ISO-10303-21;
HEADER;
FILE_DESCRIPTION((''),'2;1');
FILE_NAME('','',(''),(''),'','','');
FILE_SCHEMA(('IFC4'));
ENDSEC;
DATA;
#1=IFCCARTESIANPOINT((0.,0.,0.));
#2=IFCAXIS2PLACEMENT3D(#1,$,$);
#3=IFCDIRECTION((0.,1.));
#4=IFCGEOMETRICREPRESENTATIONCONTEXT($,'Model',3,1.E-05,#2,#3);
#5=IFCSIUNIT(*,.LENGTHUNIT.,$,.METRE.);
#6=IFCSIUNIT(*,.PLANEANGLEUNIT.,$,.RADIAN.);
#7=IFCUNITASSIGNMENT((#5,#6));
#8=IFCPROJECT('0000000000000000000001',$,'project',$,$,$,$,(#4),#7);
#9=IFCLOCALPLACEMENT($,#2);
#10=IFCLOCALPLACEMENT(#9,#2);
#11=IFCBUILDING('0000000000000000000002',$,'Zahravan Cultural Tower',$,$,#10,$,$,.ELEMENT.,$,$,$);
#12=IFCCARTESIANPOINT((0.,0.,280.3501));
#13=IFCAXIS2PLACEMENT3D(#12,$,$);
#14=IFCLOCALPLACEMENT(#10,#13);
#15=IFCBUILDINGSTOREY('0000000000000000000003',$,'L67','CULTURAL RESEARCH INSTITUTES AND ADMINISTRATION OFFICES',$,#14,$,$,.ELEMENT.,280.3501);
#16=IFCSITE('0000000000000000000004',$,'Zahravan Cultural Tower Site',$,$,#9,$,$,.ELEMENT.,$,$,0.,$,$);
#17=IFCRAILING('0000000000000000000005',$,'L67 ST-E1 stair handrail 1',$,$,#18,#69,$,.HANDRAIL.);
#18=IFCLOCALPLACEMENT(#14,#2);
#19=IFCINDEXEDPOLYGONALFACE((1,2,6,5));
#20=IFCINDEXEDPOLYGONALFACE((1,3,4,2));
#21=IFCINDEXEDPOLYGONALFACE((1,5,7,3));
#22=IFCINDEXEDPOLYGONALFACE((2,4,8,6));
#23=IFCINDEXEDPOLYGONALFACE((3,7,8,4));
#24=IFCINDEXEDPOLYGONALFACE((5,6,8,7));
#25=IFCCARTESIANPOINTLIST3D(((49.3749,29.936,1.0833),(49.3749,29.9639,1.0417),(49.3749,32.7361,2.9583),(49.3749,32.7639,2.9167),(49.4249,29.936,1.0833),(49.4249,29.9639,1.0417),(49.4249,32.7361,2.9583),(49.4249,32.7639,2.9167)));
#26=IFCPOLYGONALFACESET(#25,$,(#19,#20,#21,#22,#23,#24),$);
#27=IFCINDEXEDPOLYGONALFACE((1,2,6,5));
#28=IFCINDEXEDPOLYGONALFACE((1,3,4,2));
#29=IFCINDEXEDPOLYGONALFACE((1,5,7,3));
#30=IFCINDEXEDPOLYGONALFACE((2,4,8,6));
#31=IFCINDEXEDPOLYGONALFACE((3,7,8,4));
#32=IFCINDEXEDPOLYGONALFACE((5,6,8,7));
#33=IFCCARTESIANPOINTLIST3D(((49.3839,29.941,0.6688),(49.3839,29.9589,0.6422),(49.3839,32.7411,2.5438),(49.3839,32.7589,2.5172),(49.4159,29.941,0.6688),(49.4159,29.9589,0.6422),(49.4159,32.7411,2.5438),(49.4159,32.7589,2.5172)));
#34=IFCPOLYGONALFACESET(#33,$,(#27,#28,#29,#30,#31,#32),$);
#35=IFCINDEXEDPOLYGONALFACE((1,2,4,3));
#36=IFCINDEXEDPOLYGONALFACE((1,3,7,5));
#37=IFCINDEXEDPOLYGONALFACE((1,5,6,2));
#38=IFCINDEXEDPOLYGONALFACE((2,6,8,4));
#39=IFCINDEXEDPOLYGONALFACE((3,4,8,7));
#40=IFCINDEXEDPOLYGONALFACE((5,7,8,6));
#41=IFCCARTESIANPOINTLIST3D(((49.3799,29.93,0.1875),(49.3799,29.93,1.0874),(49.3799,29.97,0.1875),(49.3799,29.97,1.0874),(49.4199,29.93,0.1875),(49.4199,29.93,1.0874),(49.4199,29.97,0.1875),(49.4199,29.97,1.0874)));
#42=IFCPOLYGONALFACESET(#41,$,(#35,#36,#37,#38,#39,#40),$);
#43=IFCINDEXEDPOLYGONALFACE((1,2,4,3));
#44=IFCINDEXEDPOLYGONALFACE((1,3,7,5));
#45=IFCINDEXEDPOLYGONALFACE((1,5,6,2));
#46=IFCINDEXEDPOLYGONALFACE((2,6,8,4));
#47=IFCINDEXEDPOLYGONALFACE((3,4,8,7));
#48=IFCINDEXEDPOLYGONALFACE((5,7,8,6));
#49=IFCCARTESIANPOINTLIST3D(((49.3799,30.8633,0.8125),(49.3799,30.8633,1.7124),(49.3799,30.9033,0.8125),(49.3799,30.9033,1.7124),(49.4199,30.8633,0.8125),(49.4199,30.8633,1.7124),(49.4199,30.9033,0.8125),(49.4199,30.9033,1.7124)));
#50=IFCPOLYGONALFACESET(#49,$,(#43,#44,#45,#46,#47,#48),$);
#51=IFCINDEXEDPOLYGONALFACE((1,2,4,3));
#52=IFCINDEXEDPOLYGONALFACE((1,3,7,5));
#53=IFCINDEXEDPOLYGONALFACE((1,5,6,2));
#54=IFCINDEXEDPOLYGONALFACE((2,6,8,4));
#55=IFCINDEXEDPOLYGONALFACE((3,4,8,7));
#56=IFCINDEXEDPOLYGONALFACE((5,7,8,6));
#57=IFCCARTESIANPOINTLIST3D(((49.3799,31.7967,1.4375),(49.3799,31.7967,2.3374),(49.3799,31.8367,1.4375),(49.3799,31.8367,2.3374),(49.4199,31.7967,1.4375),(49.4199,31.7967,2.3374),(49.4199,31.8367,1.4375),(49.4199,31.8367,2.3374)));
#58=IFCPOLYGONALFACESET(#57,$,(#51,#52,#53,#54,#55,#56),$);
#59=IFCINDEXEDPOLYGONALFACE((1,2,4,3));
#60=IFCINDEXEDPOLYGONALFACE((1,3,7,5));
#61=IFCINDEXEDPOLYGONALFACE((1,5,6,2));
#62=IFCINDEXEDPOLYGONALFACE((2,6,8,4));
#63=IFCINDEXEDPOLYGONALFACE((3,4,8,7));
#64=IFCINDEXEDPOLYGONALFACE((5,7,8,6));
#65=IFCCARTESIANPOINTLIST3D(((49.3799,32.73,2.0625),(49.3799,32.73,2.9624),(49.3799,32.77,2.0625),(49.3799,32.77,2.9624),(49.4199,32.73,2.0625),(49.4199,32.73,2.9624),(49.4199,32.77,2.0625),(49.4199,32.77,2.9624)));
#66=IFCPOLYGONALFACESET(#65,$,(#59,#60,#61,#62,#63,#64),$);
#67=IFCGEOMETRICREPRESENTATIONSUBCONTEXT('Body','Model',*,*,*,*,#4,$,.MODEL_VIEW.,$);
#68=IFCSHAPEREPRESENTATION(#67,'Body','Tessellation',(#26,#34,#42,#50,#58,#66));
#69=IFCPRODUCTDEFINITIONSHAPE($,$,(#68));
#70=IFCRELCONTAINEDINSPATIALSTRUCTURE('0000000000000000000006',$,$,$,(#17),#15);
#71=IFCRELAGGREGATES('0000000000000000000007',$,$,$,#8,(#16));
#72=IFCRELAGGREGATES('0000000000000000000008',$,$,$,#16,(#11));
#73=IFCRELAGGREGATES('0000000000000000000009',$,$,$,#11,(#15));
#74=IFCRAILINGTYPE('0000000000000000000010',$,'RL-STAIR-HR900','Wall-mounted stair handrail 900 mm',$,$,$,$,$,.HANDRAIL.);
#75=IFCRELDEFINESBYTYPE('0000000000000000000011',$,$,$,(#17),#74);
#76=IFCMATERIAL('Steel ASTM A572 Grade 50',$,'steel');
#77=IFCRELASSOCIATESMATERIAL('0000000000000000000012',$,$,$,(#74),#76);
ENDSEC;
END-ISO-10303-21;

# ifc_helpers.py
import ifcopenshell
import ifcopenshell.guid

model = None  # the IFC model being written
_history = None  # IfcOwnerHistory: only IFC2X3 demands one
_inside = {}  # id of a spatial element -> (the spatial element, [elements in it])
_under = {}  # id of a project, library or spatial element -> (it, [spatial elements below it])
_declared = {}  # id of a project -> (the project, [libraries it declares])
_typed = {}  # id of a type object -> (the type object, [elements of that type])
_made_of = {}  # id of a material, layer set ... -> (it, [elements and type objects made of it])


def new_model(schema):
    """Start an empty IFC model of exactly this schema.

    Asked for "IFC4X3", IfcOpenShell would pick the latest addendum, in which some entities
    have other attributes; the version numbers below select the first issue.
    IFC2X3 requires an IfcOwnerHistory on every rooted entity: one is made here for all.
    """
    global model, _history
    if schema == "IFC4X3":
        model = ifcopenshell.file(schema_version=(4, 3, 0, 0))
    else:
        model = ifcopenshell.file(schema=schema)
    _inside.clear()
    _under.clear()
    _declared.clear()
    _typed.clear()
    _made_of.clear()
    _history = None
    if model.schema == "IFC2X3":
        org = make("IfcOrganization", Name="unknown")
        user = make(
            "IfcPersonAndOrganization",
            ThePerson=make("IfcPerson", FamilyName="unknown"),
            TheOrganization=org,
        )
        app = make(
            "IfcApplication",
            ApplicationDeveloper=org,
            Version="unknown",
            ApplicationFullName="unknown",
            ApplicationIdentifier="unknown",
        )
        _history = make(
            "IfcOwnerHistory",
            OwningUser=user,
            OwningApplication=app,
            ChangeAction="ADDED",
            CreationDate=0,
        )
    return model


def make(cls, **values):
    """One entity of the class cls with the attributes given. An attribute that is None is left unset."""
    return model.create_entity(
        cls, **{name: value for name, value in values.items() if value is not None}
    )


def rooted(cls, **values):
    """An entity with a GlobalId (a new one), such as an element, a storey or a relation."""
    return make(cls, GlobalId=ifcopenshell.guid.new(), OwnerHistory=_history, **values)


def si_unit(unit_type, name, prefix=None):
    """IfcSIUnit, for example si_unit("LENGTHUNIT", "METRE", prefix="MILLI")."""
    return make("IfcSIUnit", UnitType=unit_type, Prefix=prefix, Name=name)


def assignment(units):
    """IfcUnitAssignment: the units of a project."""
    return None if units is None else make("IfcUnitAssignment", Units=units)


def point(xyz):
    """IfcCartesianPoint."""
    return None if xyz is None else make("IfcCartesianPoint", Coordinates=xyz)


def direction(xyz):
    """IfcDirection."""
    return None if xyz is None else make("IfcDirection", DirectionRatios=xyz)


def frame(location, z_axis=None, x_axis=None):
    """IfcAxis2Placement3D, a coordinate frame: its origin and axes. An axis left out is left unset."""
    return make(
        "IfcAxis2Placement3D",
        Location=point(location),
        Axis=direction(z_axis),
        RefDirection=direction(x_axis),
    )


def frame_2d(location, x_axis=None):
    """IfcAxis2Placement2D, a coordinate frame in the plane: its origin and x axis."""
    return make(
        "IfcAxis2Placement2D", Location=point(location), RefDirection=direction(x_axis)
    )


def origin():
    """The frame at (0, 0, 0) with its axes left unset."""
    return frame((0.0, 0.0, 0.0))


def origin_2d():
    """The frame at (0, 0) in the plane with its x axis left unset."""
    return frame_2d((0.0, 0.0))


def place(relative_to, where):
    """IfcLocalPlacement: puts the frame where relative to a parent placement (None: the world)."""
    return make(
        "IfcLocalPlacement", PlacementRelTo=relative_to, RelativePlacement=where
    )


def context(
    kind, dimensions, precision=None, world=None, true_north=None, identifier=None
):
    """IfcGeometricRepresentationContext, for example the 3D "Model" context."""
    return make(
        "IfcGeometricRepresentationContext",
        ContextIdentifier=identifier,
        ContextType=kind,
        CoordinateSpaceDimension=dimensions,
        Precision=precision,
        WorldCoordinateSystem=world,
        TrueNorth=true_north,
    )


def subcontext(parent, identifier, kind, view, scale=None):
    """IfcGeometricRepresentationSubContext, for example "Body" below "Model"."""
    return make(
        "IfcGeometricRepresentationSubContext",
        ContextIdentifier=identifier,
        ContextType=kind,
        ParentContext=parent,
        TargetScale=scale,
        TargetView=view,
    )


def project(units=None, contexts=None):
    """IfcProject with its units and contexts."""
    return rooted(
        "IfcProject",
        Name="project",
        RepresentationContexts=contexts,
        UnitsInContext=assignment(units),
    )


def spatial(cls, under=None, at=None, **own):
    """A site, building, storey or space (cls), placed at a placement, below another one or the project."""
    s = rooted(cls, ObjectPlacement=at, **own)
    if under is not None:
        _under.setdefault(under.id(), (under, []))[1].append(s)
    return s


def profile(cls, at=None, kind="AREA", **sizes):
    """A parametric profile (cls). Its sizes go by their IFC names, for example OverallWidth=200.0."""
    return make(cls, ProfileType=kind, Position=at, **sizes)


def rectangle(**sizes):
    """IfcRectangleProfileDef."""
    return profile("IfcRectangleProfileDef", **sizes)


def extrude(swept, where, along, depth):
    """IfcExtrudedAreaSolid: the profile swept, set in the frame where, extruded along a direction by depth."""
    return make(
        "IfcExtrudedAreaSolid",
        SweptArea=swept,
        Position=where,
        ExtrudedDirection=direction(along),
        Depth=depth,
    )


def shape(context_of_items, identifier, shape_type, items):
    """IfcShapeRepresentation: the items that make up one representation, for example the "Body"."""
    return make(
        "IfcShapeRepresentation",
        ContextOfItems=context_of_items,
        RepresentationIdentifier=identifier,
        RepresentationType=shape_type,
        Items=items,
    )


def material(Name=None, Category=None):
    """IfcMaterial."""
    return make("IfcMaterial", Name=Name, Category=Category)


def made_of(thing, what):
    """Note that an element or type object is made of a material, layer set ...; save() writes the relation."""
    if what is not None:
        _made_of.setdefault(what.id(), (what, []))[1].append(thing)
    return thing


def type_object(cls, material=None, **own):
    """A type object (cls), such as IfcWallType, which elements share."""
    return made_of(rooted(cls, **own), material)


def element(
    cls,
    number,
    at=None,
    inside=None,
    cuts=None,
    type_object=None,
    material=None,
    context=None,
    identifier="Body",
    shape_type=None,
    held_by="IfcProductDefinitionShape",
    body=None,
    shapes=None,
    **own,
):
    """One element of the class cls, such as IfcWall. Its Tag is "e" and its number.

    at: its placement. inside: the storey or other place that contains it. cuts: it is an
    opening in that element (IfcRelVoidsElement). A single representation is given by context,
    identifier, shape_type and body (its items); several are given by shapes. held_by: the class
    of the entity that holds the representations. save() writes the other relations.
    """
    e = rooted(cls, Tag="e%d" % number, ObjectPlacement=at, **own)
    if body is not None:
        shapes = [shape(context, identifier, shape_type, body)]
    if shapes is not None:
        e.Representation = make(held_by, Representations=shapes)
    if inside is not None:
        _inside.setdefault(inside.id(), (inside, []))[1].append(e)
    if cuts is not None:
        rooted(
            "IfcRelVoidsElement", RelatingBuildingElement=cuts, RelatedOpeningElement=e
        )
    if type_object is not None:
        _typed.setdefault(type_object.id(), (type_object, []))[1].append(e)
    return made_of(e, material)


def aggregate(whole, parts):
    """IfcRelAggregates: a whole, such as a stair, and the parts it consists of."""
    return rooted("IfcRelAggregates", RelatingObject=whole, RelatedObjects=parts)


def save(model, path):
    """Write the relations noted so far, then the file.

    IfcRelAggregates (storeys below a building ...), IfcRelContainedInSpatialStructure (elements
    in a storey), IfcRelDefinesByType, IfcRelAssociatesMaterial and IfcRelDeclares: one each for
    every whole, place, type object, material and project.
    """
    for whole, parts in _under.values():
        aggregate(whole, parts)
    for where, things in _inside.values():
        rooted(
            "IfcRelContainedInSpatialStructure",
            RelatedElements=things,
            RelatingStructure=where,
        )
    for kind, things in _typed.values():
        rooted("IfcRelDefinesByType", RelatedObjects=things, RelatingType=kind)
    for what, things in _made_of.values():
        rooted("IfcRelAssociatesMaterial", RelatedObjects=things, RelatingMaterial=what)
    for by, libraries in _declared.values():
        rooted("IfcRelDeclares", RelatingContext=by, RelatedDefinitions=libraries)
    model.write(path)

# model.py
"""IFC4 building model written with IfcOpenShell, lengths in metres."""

from ifc_helpers import new_model, si_unit, direction, frame, origin, origin_2d, place, context, subcontext, project, spatial, rectangle, extrude, material, type_object, element, save


model = new_model("IFC4")

# Units and contexts
model_context = context("Model", 3, precision=1e-05, world=origin(), true_north=direction((0.0, 1.0)))
body_context = subcontext(model_context, "Body", "Model", "MODEL_VIEW")
ifc_project = project(units=[si_unit("LENGTHUNIT", "METRE"), si_unit("PLANEANGLEUNIT", "RADIAN")], contexts=[model_context])

# Site, building, storey
site_placement = place(None, origin())
site = spatial("IfcSite", under=ifc_project, at=site_placement, Name="Zahravan Cultural Tower Site", CompositionType="ELEMENT", RefElevation=0.0)
building_placement = place(site_placement, origin())
building = spatial("IfcBuilding", under=site, at=building_placement, Name="Zahravan Cultural Tower", CompositionType="ELEMENT")
storey_placement = place(building_placement, frame((0.0, 0.0, 280.3501)))
storey = spatial("IfcBuildingStorey", under=building, at=storey_placement, Name="L67", Description="CULTURAL RESEARCH INSTITUTES AND ADMINISTRATION OFFICES", CompositionType="ELEMENT", Elevation=280.3501)

# Railing
ifc_material_1 = material(Name="Steel ASTM A572 Grade 50", Category="steel")
railing_type_1 = type_object("IfcRailingType", Name="RL-STAIR-HR900", Description="Wall-mounted stair handrail 900 mm", PredefinedType="HANDRAIL", material=ifc_material_1)
railing_1_placement = place(storey_placement, frame((49.3999, 29.95, 0.1875)))
element("IfcRailing", 1, at=railing_1_placement, inside=storey, type_object=railing_type_1, Name="L67 ST-E1 stair handrail 1", PredefinedType="HANDRAIL", context=body_context, shape_type="SweptSolid", body=[
    extrude(rectangle(XDim=0.05, YDim=0.05, at=origin_2d()), frame((0.0, 0.0, 0.875), z_axis=(0.0, 0.830912, 0.556404), x_axis=(-1.0, 0.0, 0.0)), (0.0, 0.0, 1.0), 3.3699),
    extrude(rectangle(XDim=0.032, YDim=0.032, at=origin_2d()), frame((0.0, 0.0, 0.468), z_axis=(0.0, 0.830912, 0.556404), x_axis=(-1.0, 0.0, 0.0)), (0.0, 0.0, 1.0), 3.3699),
    extrude(rectangle(XDim=0.04, YDim=0.04, at=origin_2d()), origin(), (0.0, 0.0, 1.0), 0.8999),
    extrude(rectangle(XDim=0.04, YDim=0.04, at=origin_2d()), frame((0.0, 0.9333, 0.625)), (0.0, 0.0, 1.0), 0.8999),
    extrude(rectangle(XDim=0.04, YDim=0.04, at=origin_2d()), frame((0.0, 1.8667, 1.25)), (0.0, 0.0, 1.0), 0.8999),
    extrude(rectangle(XDim=0.04, YDim=0.04, at=origin_2d()), frame((0.0, 2.8, 1.875)), (0.0, 0.0, 1.0), 0.8999),
])

save(model, "model.ifc")
